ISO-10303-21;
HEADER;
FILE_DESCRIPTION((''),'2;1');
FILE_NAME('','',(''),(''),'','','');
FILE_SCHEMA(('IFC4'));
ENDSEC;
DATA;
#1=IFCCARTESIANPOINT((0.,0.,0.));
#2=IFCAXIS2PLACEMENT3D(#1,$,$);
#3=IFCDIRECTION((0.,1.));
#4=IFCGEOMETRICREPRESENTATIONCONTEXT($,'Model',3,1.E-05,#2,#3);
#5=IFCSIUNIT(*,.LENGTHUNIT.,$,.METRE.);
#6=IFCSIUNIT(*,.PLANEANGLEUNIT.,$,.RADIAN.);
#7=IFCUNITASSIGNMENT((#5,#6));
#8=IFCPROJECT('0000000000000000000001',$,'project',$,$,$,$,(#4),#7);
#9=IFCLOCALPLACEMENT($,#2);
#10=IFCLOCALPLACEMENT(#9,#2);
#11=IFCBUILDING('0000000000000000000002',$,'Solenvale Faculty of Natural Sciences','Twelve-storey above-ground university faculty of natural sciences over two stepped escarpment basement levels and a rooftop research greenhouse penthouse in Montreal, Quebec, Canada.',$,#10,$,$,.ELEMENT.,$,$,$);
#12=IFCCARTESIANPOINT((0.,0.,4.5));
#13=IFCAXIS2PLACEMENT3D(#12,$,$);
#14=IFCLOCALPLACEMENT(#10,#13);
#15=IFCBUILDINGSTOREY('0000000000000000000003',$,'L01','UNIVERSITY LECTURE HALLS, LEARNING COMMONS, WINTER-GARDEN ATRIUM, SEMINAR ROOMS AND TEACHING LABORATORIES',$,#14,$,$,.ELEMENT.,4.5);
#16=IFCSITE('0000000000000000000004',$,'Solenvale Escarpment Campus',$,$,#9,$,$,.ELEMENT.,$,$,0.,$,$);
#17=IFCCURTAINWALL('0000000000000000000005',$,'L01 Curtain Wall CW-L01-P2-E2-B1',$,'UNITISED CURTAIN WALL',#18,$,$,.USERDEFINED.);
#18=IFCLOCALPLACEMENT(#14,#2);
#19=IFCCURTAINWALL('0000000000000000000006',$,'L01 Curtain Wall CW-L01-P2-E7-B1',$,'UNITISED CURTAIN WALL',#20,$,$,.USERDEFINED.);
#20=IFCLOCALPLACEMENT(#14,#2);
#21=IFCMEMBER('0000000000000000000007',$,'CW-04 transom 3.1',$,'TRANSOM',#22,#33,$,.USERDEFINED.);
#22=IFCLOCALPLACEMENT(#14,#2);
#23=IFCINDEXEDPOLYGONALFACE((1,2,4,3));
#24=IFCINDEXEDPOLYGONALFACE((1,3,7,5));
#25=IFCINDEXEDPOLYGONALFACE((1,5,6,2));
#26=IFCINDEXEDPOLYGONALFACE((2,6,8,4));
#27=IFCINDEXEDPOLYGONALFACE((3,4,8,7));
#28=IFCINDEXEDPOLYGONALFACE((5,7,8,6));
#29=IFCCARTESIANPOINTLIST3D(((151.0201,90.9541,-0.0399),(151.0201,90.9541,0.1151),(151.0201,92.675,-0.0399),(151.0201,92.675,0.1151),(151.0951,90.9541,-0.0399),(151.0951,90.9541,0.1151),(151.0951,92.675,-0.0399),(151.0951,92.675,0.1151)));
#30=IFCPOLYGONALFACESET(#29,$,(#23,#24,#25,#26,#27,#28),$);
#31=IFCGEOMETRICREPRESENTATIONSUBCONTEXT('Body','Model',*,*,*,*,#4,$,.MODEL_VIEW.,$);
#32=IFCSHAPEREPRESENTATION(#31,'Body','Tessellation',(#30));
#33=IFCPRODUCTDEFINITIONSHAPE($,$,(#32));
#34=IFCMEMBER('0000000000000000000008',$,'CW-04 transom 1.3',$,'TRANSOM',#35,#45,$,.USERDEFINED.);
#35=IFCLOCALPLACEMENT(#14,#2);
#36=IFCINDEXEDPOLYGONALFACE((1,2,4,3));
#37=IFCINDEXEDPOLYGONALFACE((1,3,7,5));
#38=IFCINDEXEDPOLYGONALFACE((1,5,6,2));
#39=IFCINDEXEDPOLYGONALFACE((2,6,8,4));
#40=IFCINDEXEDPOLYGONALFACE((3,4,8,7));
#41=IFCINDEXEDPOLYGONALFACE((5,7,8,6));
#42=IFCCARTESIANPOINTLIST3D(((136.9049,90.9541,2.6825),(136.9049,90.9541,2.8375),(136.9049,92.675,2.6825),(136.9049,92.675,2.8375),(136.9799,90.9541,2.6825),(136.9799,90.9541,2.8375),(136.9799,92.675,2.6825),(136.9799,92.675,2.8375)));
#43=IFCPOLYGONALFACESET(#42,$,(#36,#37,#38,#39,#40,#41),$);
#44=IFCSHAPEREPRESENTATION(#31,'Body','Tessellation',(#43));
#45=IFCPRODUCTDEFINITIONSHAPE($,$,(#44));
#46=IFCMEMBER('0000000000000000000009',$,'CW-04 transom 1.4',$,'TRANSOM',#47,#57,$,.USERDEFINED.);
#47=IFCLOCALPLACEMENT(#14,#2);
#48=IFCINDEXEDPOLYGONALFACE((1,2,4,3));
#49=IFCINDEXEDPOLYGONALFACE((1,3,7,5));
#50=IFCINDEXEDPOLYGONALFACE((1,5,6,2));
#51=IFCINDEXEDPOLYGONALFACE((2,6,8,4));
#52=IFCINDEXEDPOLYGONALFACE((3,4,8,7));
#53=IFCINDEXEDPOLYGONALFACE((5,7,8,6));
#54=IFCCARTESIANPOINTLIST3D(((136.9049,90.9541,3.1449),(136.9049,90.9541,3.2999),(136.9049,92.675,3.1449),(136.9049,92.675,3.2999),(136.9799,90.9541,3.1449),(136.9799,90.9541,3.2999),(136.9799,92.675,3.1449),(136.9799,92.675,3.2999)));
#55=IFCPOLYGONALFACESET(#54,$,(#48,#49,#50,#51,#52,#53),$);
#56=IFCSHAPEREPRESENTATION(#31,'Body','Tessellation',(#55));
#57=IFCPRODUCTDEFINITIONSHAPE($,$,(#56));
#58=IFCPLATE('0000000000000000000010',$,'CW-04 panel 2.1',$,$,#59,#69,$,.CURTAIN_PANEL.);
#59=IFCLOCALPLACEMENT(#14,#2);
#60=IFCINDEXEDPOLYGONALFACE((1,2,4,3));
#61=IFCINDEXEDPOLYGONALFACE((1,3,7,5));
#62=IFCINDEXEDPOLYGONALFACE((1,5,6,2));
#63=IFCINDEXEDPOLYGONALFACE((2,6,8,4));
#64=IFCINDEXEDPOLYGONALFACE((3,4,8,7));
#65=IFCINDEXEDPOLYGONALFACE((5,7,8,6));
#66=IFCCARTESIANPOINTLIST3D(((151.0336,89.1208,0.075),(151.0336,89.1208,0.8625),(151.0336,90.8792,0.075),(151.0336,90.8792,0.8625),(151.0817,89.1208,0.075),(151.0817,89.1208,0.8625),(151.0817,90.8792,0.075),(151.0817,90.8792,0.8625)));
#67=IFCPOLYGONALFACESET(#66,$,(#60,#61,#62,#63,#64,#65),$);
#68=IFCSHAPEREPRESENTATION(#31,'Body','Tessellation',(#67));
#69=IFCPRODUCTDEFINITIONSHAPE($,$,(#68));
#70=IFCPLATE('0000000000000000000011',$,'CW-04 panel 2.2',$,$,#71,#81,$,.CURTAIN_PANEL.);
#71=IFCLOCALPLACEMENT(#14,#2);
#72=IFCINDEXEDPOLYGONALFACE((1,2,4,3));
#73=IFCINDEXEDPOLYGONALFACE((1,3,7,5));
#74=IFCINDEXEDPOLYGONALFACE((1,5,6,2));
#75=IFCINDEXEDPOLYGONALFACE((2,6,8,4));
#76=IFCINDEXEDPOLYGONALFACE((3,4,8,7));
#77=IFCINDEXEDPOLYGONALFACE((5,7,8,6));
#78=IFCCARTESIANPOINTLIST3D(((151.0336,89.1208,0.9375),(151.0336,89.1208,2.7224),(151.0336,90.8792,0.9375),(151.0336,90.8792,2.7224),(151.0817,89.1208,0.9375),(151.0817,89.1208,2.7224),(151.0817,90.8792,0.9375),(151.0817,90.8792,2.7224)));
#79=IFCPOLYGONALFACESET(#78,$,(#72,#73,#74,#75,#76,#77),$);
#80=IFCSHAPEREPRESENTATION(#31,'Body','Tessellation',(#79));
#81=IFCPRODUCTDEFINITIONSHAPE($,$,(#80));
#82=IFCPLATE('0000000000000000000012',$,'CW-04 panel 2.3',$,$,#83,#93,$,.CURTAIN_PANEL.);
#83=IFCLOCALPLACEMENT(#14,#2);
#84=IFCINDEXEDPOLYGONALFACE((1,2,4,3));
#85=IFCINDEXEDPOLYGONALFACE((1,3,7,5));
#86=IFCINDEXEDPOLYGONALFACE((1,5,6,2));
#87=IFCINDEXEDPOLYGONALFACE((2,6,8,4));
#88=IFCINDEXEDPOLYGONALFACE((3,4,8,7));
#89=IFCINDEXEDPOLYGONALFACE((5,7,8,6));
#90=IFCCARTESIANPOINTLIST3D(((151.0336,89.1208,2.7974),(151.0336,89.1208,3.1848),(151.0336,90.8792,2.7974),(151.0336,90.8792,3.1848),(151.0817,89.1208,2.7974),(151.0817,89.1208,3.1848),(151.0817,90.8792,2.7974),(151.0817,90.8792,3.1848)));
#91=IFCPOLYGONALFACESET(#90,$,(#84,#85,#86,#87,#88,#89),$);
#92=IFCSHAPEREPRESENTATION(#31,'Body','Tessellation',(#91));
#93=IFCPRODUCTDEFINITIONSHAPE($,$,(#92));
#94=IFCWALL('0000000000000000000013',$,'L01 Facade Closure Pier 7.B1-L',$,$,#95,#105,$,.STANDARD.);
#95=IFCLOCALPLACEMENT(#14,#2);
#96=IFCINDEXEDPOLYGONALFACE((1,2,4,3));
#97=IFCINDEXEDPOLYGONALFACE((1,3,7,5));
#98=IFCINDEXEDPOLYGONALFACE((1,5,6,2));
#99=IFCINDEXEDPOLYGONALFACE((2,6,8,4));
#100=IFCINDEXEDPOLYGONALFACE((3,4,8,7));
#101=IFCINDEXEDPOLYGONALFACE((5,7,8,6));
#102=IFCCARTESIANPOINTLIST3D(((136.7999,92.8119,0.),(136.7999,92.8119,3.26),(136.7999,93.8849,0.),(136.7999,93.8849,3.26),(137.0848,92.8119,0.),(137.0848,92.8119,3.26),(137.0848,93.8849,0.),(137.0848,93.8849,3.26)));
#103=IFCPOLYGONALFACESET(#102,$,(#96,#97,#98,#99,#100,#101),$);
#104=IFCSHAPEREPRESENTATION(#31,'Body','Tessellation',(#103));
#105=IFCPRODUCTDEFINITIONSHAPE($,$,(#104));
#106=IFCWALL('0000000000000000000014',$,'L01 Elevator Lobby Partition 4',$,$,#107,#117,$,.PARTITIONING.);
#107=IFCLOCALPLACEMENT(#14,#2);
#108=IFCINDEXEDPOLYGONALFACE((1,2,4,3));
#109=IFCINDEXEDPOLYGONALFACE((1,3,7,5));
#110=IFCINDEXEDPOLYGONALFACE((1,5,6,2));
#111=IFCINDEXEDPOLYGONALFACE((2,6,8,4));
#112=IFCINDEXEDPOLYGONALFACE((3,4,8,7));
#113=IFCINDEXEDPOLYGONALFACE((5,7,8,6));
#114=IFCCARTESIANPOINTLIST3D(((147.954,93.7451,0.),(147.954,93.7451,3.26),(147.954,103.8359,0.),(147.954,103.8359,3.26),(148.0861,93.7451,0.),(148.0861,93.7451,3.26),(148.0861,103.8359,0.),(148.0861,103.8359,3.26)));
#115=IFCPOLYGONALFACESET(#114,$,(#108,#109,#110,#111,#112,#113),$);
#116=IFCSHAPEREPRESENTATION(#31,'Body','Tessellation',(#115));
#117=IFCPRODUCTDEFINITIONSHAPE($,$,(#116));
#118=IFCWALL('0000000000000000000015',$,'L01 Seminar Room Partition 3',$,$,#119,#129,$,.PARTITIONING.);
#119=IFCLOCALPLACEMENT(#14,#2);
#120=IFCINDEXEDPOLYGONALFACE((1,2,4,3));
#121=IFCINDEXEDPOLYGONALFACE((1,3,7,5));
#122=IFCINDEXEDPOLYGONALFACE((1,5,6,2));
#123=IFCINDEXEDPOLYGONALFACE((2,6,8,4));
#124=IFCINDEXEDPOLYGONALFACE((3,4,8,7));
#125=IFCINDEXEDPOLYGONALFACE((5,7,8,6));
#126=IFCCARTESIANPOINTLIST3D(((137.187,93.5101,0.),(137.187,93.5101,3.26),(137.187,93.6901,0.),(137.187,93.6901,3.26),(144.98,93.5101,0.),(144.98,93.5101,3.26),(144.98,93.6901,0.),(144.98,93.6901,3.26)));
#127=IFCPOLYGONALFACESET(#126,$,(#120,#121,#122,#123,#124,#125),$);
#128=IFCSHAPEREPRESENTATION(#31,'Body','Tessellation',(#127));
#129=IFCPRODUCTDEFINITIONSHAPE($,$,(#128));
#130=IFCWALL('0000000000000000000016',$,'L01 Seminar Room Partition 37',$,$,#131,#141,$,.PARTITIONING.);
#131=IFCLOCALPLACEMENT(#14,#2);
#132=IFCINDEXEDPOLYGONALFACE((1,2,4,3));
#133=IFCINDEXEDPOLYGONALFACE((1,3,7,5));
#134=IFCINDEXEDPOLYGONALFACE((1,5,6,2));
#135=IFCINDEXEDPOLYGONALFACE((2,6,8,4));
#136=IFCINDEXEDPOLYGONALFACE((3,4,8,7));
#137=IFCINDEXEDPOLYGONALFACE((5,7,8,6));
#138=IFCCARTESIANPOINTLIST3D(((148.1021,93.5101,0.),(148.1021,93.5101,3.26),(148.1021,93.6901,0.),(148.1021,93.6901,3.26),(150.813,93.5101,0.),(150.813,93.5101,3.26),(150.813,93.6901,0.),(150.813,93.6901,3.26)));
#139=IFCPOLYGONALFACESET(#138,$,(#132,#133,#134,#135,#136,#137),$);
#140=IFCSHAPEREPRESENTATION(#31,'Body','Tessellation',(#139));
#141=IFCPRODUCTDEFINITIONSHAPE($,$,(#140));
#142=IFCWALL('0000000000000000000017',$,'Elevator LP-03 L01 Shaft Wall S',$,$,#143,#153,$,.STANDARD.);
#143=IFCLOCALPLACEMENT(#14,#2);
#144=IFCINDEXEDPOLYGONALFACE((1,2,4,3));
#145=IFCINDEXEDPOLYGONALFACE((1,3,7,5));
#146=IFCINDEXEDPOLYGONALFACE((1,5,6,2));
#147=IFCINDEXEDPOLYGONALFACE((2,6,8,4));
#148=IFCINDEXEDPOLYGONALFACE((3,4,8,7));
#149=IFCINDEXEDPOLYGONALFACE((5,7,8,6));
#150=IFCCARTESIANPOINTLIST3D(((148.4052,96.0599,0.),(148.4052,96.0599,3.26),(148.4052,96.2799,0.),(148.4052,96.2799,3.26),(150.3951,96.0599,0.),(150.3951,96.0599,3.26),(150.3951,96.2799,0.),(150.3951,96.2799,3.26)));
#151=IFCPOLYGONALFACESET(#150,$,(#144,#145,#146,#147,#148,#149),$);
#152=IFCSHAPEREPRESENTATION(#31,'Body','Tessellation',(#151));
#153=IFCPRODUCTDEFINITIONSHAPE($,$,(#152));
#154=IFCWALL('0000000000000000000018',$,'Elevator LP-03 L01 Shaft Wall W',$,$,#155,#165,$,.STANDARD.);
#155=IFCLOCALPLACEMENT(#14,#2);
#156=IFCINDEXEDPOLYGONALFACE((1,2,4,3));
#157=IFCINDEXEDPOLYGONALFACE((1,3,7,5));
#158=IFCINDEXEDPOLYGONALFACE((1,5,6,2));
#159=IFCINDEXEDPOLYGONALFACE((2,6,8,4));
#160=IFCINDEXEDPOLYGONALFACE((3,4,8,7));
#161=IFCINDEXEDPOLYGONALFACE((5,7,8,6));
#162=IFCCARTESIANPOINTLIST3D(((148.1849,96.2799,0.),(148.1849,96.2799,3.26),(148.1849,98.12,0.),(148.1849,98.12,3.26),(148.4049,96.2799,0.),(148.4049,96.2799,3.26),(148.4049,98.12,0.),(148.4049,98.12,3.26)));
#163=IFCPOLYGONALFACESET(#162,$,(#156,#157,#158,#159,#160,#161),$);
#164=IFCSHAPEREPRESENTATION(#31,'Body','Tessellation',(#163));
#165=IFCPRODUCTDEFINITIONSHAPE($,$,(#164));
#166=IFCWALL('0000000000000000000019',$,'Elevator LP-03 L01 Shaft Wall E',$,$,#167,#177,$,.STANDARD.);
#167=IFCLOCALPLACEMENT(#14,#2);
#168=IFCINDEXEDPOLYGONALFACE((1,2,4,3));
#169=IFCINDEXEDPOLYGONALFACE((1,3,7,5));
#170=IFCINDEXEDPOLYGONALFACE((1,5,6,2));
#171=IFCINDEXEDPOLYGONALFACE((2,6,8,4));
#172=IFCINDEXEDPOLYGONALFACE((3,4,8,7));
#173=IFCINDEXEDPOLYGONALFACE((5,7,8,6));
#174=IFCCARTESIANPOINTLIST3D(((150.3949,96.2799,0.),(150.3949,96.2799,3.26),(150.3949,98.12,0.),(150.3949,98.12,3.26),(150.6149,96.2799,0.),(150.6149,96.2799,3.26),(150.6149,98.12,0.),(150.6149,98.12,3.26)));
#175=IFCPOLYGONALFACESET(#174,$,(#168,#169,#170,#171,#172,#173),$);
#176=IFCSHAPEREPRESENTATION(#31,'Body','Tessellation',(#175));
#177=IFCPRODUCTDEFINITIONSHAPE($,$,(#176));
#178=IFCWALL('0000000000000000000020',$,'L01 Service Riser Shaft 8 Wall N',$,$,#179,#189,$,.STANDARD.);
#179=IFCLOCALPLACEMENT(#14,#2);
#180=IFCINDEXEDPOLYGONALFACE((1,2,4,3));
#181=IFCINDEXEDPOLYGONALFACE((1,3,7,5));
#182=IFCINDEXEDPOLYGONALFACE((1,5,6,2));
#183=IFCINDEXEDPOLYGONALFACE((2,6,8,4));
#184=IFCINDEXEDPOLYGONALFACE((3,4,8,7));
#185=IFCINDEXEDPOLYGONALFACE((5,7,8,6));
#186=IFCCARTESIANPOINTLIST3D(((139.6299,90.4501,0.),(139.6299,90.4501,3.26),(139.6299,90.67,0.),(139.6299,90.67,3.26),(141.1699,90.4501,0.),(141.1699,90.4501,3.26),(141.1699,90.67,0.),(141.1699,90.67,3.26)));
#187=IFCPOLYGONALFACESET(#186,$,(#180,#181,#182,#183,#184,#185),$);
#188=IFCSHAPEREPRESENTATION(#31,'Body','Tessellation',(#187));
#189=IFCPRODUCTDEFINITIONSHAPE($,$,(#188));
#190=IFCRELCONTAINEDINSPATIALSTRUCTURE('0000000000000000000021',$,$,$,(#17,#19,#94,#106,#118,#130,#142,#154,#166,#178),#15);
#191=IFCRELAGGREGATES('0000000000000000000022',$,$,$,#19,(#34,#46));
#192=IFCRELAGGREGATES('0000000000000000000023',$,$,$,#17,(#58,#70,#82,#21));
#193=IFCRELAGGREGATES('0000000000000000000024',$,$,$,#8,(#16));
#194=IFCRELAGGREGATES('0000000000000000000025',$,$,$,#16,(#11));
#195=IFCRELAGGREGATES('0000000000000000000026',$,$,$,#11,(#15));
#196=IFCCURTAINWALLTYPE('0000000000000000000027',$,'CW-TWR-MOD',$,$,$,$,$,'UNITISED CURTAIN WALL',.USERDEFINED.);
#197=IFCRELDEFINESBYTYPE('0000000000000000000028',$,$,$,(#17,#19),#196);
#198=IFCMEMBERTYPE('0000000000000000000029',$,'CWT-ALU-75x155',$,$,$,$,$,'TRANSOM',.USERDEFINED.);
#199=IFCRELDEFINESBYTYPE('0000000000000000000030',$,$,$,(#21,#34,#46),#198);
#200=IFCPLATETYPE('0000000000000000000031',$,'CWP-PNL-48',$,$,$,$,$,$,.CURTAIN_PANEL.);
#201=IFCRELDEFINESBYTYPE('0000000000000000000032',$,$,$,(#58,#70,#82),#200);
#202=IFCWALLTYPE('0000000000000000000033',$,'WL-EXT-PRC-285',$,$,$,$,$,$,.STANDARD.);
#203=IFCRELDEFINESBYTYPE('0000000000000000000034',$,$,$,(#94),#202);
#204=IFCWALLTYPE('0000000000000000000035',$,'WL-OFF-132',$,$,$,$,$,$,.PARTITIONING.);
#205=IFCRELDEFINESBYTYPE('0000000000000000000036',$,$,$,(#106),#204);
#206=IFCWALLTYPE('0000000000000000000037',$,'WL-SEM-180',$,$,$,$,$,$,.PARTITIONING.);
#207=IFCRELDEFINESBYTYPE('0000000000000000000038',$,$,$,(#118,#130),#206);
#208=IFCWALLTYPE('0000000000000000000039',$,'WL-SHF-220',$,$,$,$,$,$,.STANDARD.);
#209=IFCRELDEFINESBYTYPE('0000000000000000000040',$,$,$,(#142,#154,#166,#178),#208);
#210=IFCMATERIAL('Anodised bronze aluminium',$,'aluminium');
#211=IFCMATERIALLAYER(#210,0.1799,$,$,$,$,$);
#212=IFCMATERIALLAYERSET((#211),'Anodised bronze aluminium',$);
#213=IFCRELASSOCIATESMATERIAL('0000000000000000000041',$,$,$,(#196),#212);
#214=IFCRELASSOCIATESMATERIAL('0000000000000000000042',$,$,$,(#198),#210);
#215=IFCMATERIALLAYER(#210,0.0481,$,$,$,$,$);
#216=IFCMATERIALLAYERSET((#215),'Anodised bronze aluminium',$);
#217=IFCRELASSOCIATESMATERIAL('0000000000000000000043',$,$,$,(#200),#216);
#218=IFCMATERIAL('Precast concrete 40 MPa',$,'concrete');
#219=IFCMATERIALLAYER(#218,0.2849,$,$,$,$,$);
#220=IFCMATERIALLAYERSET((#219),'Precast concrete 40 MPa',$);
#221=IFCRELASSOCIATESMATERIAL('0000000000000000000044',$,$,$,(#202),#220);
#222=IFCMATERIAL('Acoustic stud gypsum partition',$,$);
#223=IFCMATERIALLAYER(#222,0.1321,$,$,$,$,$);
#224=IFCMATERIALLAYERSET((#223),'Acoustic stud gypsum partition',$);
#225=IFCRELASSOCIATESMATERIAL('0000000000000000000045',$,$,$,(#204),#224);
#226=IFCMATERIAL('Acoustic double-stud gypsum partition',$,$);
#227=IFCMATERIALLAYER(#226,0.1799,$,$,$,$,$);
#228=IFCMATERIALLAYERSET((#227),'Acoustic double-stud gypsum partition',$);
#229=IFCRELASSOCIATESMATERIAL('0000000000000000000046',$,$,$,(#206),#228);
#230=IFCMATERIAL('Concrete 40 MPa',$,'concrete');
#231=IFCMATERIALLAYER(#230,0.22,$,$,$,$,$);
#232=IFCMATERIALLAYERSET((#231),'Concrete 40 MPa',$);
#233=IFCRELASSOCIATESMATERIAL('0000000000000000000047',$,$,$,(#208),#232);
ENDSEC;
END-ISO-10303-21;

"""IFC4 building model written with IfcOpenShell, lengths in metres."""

from ifc_helpers import new_model, si_unit, direction, frame, frame_2d, origin, origin_2d, place, context, subcontext, project, spatial, rectangle, extrude, material, layer, layer_set, material_profile, profile_set, type_object, element, aggregate, save


model = new_model("IFC4")

# Units and contexts
model_context = context("Model", 3, precision=1e-05, world=origin(), true_north=direction((0.0, 1.0)))
body_context = subcontext(model_context, "Body", "Model", "MODEL_VIEW")
ifc_project = project(units=[si_unit("LENGTHUNIT", "METRE"), si_unit("PLANEANGLEUNIT", "RADIAN")], contexts=[model_context])

# Site, building, storey
site_placement = place(None, origin())
site = spatial("IfcSite", under=ifc_project, at=site_placement, Name="Solenvale Escarpment Campus", CompositionType="ELEMENT", RefElevation=0.0)
building_placement = place(site_placement, origin())
building = spatial("IfcBuilding", under=site, at=building_placement, Name="Solenvale Faculty of Natural Sciences", Description="Twelve-storey above-ground university faculty of natural sciences over two stepped escarpment basement levels and a rooftop research greenhouse penthouse in Montreal, Quebec, Canada.", CompositionType="ELEMENT")
storey_placement = place(building_placement, frame((0.0, 0.0, 4.5)))
storey = spatial("IfcBuildingStorey", under=building, at=storey_placement, Name="L01", Description="UNIVERSITY LECTURE HALLS, LEARNING COMMONS, WINTER-GARDEN ATRIUM, SEMINAR ROOMS AND TEACHING LABORATORIES", CompositionType="ELEMENT", Elevation=4.5)

# Shared definitions
ifc_material_1 = material(Name="Concrete 40 MPa", Category="concrete")

# Curtain walls
ifc_material_2 = material(Name="Anodised bronze aluminium", Category="aluminium")
ifc_layer_1 = layer(ifc_material_2, 0.1799)
ifc_layer_set_1 = layer_set([ifc_layer_1], Name="Anodised bronze aluminium")
curtain_wall_type = type_object("IfcCurtainWallType", Name="CW-TWR-MOD", ElementType="UNITISED CURTAIN WALL", PredefinedType="USERDEFINED", material=ifc_layer_set_1)
curtain_wall_1_placement = place(storey_placement, origin())
curtain_wall_1 = element("IfcCurtainWall", 1, at=curtain_wall_1_placement, inside=storey, type_object=curtain_wall_type, Name="L01 Curtain Wall CW-L01-P2-E2-B1", ObjectType="UNITISED CURTAIN WALL", PredefinedType="USERDEFINED")
curtain_wall_2_placement = place(storey_placement, origin())
curtain_wall_2 = element("IfcCurtainWall", 2, at=curtain_wall_2_placement, inside=storey, type_object=curtain_wall_type, Name="L01 Curtain Wall CW-L01-P2-E7-B1", ObjectType="UNITISED CURTAIN WALL", PredefinedType="USERDEFINED")

# Members
ifc_material_profile_1 = material_profile(ifc_material_2, rectangle(XDim=0.075, YDim=0.155, at=origin_2d()), Name="ALU-TRN-75x155")
ifc_profile_set_1 = profile_set([ifc_material_profile_1], Name="Anodised bronze aluminium")
member_type_1 = type_object("IfcMemberType", Name="CWT-ALU-75x155", ElementType="TRANSOM", PredefinedType="USERDEFINED", material=ifc_profile_set_1)
member_1_placement = place(storey_placement, frame((151.0576, 90.9541, 0.0376), z_axis=(0.0, 1.0, 0.0), x_axis=(-1.0, 0.0, 0.0)))
member_1 = element("IfcMember", 3, at=member_1_placement, type_object=member_type_1, Name="CW-04 transom 3.1", ObjectType="TRANSOM", PredefinedType="USERDEFINED", context=body_context, shape_type="SweptSolid", body=[
    extrude(rectangle(XDim=0.075, YDim=0.155, at=origin_2d()), origin(), (0.0, 0.0, 1.0), 1.7209),
])
member_2_placement = place(storey_placement, frame((136.9424, 92.675, 2.76), z_axis=(0.0, -1.0, 0.0), x_axis=(1.0, 0.0, 0.0)))
member_2 = element("IfcMember", 4, at=member_2_placement, type_object=member_type_1, Name="CW-04 transom 1.3", ObjectType="TRANSOM", PredefinedType="USERDEFINED", context=body_context, shape_type="SweptSolid", body=[
    extrude(rectangle(XDim=0.075, YDim=0.155, at=origin_2d()), origin(), (0.0, 0.0, 1.0), 1.7209),
])
member_3_placement = place(storey_placement, frame((136.9424, 92.675, 3.2224), z_axis=(0.0, -1.0, 0.0), x_axis=(1.0, 0.0, 0.0)))
member_3 = element("IfcMember", 5, at=member_3_placement, type_object=member_type_1, Name="CW-04 transom 1.4", ObjectType="TRANSOM", PredefinedType="USERDEFINED", context=body_context, shape_type="SweptSolid", body=[
    extrude(rectangle(XDim=0.075, YDim=0.155, at=origin_2d()), origin(), (0.0, 0.0, 1.0), 1.7209),
])
aggregate(curtain_wall_2, [member_2, member_3])

# Plates
ifc_layer_2 = layer(ifc_material_2, 0.0481)
ifc_layer_set_2 = layer_set([ifc_layer_2], Name="Anodised bronze aluminium")
plate_type = type_object("IfcPlateType", Name="CWP-PNL-48", PredefinedType="CURTAIN_PANEL", material=ifc_layer_set_2)
plate_1_placement = place(storey_placement, frame((151.0576, 90.0, 0.075), z_axis=(0.0, 0.0, 1.0), x_axis=(0.0, 1.0, 0.0)))
plate_1 = element("IfcPlate", 6, at=plate_1_placement, type_object=plate_type, Name="CW-04 panel 2.1", PredefinedType="CURTAIN_PANEL", context=body_context, shape_type="SweptSolid", body=[
    extrude(rectangle(XDim=1.7583, YDim=0.0481, at=origin_2d()), origin(), (0.0, 0.0, 1.0), 0.7876),
])
plate_2_placement = place(storey_placement, frame((151.0576, 90.0, 0.9375), z_axis=(0.0, 0.0, 1.0), x_axis=(0.0, 1.0, 0.0)))
plate_2 = element("IfcPlate", 7, at=plate_2_placement, type_object=plate_type, Name="CW-04 panel 2.2", PredefinedType="CURTAIN_PANEL", context=body_context, shape_type="SweptSolid", body=[
    extrude(rectangle(XDim=1.7583, YDim=0.0481, at=origin_2d()), origin(), (0.0, 0.0, 1.0), 1.7849),
])
plate_3_placement = place(storey_placement, frame((151.0576, 90.0, 2.7974), z_axis=(0.0, 0.0, 1.0), x_axis=(0.0, 1.0, 0.0)))
plate_3 = element("IfcPlate", 8, at=plate_3_placement, type_object=plate_type, Name="CW-04 panel 2.3", PredefinedType="CURTAIN_PANEL", context=body_context, shape_type="SweptSolid", body=[
    extrude(rectangle(XDim=1.7583, YDim=0.0481, at=origin_2d()), origin(), (0.0, 0.0, 1.0), 0.3875),
])
aggregate(curtain_wall_1, [plate_1, plate_2, plate_3, member_1])

# Walls
ifc_material_3 = material(Name="Precast concrete 40 MPa", Category="concrete")
ifc_layer_3 = layer(ifc_material_3, 0.2849)
ifc_layer_set_3 = layer_set([ifc_layer_3], Name="Precast concrete 40 MPa")
wall_type_1 = type_object("IfcWallType", Name="WL-EXT-PRC-285", PredefinedType="STANDARD", material=ifc_layer_set_3)
wall_1_placement = place(storey_placement, frame((136.9424, 93.885, 0.0), z_axis=(0.0, 0.0, 1.0), x_axis=(0.0, -1.0, 0.0)))
element("IfcWall", 9, at=wall_1_placement, inside=storey, type_object=wall_type_1, Name="L01 Facade Closure Pier 7.B1-L", PredefinedType="STANDARD", context=body_context, shape_type="SweptSolid", body=[
    extrude(rectangle(XDim=1.073, YDim=0.2849, at=frame_2d((0.5366, 0.0))), origin(), (0.0, 0.0, 1.0), 3.26),
])
ifc_material_4 = material(Name="Acoustic stud gypsum partition")
ifc_layer_4 = layer(ifc_material_4, 0.1321)
ifc_layer_set_4 = layer_set([ifc_layer_4], Name="Acoustic stud gypsum partition")
wall_type_2 = type_object("IfcWallType", Name="WL-OFF-132", PredefinedType="PARTITIONING", material=ifc_layer_set_4)
wall_2_placement = place(storey_placement, frame((148.02, 93.7451, 0.0), z_axis=(0.0, 0.0, 1.0), x_axis=(0.0, 1.0, 0.0)))
element("IfcWall", 10, at=wall_2_placement, inside=storey, type_object=wall_type_2, Name="L01 Elevator Lobby Partition 4", PredefinedType="PARTITIONING", context=body_context, shape_type="SweptSolid", body=[
    extrude(rectangle(XDim=10.0908, YDim=0.1321, at=frame_2d((5.0454, 0.0))), origin(), (0.0, 0.0, 1.0), 3.26),
])
ifc_material_5 = material(Name="Acoustic double-stud gypsum partition")
ifc_layer_5 = layer(ifc_material_5, 0.1799)
ifc_layer_set_5 = layer_set([ifc_layer_5], Name="Acoustic double-stud gypsum partition")
wall_type_3 = type_object("IfcWallType", Name="WL-SEM-180", PredefinedType="PARTITIONING", material=ifc_layer_set_5)
wall_3_placement = place(storey_placement, frame((137.187, 93.6001, 0.0), z_axis=(0.0, 0.0, 1.0), x_axis=(1.0, 0.0, 0.0)))
element("IfcWall", 11, at=wall_3_placement, inside=storey, type_object=wall_type_3, Name="L01 Seminar Room Partition 3", PredefinedType="PARTITIONING", context=body_context, shape_type="SweptSolid", body=[
    extrude(rectangle(XDim=7.793, YDim=0.1799, at=frame_2d((3.8965, 0.0))), origin(), (0.0, 0.0, 1.0), 3.26),
])

# Walls
wall_4_placement = place(storey_placement, frame((148.1021, 93.6001, 0.0), z_axis=(0.0, 0.0, 1.0), x_axis=(1.0, 0.0, 0.0)))
element("IfcWall", 12, at=wall_4_placement, inside=storey, type_object=wall_type_3, Name="L01 Seminar Room Partition 37", PredefinedType="PARTITIONING", context=body_context, shape_type="SweptSolid", body=[
    extrude(rectangle(XDim=2.7109, YDim=0.1799, at=frame_2d((1.3555, 0.0))), origin(), (0.0, 0.0, 1.0), 3.26),
])
ifc_layer_6 = layer(ifc_material_1, 0.22)
ifc_layer_set_6 = layer_set([ifc_layer_6], Name="Concrete 40 MPa")
wall_type_4 = type_object("IfcWallType", Name="WL-SHF-220", PredefinedType="STANDARD", material=ifc_layer_set_6)
wall_5_placement = place(storey_placement, frame((148.405, 96.1699, 0.0), z_axis=(0.0, 0.0, 1.0), x_axis=(1.0, 0.0, 0.0)))
element("IfcWall", 13, at=wall_5_placement, inside=storey, type_object=wall_type_4, Name="Elevator LP-03 L01 Shaft Wall S", PredefinedType="STANDARD", context=body_context, shape_type="SweptSolid", body=[
    extrude(rectangle(XDim=1.99, YDim=0.22, at=frame_2d((0.9951, 0.0))), origin(), (0.0, 0.0, 1.0), 3.26),
])
for number, where, z_axis, x_axis, name in (
    (14, (148.2949, 96.28, 0.0), (0.0, 0.0, 1.0), (0.0, 1.0, 0.0), "Elevator LP-03 L01 Shaft Wall W"),
    (15, (150.5049, 96.28, 0.0), (0.0, 0.0, 1.0), (0.0, 1.0, 0.0), "Elevator LP-03 L01 Shaft Wall E"),
):
    element("IfcWall", number, at=place(storey_placement, frame(where, z_axis=z_axis, x_axis=x_axis)), inside=storey, type_object=wall_type_4, Name=name, PredefinedType="STANDARD", context=body_context, shape_type="SweptSolid", body=[
        extrude(rectangle(XDim=1.8401, YDim=0.22, at=frame_2d((0.9199, 0.0))), origin(), (0.0, 0.0, 1.0), 3.26),
    ])
wall_6_placement = place(storey_placement, frame((139.6299, 90.5601, 0.0), z_axis=(0.0, 0.0, 1.0), x_axis=(1.0, 0.0, 0.0)))
element("IfcWall", 16, at=wall_6_placement, inside=storey, type_object=wall_type_4, Name="L01 Service Riser Shaft 8 Wall N", PredefinedType="STANDARD", context=body_context, shape_type="SweptSolid", body=[
    extrude(rectangle(XDim=1.54, YDim=0.22, at=frame_2d((0.77, 0.0))), origin(), (0.0, 0.0, 1.0), 3.26),
])

save(model, "model.ifc")
